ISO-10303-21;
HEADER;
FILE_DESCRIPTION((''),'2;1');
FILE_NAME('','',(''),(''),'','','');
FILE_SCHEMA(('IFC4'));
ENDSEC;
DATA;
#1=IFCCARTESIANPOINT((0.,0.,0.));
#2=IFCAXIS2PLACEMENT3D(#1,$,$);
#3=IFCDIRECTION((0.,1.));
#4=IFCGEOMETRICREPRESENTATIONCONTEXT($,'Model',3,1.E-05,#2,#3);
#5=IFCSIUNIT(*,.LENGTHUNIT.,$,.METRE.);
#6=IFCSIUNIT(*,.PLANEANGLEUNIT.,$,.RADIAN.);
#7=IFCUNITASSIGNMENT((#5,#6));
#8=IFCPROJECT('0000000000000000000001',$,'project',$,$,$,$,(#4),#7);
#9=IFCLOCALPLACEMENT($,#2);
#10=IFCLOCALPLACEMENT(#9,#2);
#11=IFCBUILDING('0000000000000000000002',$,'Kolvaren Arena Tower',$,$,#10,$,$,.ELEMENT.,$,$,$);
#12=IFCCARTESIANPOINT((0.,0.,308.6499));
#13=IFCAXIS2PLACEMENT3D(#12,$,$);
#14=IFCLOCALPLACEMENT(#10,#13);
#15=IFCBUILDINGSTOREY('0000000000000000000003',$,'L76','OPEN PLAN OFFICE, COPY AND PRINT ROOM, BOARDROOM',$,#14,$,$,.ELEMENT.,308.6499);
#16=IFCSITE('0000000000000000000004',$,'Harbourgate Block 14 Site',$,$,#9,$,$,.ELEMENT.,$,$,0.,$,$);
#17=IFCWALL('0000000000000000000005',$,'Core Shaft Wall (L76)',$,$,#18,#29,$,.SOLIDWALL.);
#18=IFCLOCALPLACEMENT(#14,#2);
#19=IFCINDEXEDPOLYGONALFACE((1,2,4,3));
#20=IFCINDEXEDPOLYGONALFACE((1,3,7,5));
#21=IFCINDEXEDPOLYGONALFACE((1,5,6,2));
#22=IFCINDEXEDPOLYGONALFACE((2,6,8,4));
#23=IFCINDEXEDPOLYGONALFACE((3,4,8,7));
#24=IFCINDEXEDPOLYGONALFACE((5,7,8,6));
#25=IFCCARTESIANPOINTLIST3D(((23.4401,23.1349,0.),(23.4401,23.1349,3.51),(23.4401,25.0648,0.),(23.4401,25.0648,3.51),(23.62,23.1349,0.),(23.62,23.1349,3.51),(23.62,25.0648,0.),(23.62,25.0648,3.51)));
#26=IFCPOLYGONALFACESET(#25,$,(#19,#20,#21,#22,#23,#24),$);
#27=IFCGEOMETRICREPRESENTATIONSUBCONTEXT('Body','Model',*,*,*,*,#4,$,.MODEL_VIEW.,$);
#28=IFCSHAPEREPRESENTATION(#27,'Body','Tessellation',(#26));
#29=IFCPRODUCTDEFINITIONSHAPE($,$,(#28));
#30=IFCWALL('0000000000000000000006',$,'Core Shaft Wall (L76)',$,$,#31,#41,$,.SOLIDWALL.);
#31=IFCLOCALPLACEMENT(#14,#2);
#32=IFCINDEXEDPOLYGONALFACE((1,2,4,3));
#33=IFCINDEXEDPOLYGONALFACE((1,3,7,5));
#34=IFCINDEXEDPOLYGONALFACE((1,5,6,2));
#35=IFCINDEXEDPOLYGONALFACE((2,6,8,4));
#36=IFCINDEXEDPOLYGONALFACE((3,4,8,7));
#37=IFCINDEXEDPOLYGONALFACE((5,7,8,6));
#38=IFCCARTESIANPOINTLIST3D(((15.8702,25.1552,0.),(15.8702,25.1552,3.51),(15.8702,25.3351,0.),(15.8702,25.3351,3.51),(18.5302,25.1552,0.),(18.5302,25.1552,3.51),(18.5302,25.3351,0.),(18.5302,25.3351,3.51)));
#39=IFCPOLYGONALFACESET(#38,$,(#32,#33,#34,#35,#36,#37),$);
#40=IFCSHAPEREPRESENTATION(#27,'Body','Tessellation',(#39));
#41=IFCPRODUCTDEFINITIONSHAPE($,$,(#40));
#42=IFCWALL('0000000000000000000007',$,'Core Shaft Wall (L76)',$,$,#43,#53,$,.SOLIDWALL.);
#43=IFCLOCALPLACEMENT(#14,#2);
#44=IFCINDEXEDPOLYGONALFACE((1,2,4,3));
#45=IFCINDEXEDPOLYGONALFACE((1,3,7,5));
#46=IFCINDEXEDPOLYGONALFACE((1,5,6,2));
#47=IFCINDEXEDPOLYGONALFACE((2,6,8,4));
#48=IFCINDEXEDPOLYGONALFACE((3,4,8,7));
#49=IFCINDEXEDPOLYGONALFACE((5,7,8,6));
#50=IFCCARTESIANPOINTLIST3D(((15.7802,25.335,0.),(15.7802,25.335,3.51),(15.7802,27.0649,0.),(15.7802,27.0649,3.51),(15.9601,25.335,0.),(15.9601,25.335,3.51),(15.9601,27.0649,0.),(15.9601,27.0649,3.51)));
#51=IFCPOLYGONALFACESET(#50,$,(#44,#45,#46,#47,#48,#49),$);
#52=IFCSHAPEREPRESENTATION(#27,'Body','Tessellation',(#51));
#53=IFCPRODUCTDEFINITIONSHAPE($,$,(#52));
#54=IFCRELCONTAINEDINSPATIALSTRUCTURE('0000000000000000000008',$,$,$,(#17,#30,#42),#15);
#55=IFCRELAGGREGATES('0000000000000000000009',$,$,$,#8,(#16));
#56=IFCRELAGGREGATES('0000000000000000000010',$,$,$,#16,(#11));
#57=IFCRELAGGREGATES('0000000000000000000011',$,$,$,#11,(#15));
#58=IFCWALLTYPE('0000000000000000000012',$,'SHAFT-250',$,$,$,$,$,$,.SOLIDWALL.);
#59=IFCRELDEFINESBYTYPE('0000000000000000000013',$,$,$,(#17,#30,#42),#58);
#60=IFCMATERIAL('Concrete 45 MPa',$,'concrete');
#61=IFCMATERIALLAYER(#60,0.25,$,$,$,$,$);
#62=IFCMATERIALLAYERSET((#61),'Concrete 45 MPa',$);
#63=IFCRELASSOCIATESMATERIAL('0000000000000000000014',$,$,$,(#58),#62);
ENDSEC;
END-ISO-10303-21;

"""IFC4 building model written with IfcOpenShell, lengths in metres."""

from ifc_helpers import new_model, si_unit, direction, frame, frame_2d, origin, place, context, subcontext, project, spatial, rectangle, extrude, material, layer, layer_set, type_object, element, save


model = new_model("IFC4")

# Units and contexts
model_context = context("Model", 3, precision=1e-05, world=origin(), true_north=direction((0.0, 1.0)))
body_context = subcontext(model_context, "Body", "Model", "MODEL_VIEW")
ifc_project = project(units=[si_unit("LENGTHUNIT", "METRE"), si_unit("PLANEANGLEUNIT", "RADIAN")], contexts=[model_context])

# Site, building, storey
site_placement = place(None, origin())
site = spatial("IfcSite", under=ifc_project, at=site_placement, Name="Harbourgate Block 14 Site", CompositionType="ELEMENT", RefElevation=0.0)
building_placement = place(site_placement, origin())
building = spatial("IfcBuilding", under=site, at=building_placement, Name="Kolvaren Arena Tower", CompositionType="ELEMENT")
storey_placement = place(building_placement, frame((0.0, 0.0, 308.6499)))
storey = spatial("IfcBuildingStorey", under=building, at=storey_placement, Name="L76", Description="OPEN PLAN OFFICE, COPY AND PRINT ROOM, BOARDROOM", CompositionType="ELEMENT", Elevation=308.6499)

# Walls
ifc_material_1 = material(Name="Concrete 45 MPa", Category="concrete")
ifc_layer_1 = layer(ifc_material_1, 0.25)
ifc_layer_set_1 = layer_set([ifc_layer_1], Name="Concrete 45 MPa")
wall_type_1 = type_object("IfcWallType", Name="SHAFT-250", PredefinedType="SOLIDWALL", material=ifc_layer_set_1)
for number, where, z_axis, x_axis, name in (
    (1, (23.53, 23.135, 0.0), (0.0, 0.0, 1.0), (0.0, 1.0, 0.0), "Core Shaft Wall (L76)"),
):
    element("IfcWall", number, at=place(storey_placement, frame(where, z_axis=z_axis, x_axis=x_axis)), inside=storey, type_object=wall_type_1, Name=name, PredefinedType="SOLIDWALL", context=body_context, shape_type="SweptSolid", body=[
        extrude(rectangle(XDim=1.9299, YDim=0.1799, at=frame_2d((0.9648, 0.0))), origin(), (0.0, 0.0, 1.0), 3.51),
    ])
wall_1_placement = place(storey_placement, frame((15.8701, 25.2451, 0.0), z_axis=(0.0, 0.0, 1.0), x_axis=(1.0, 0.0, 0.0)))
element("IfcWall", 2, at=wall_1_placement, inside=storey, type_object=wall_type_1, Name="Core Shaft Wall (L76)", PredefinedType="SOLIDWALL", context=body_context, shape_type="SweptSolid", body=[
    extrude(rectangle(XDim=2.6599, YDim=0.1799, at=frame_2d((1.3301, 0.0))), origin(), (0.0, 0.0, 1.0), 3.51),
])
wall_2_placement = place(storey_placement, frame((15.8701, 25.335, 0.0), z_axis=(0.0, 0.0, 1.0), x_axis=(0.0, 1.0, 0.0)))
element("IfcWall", 3, at=wall_2_placement, inside=storey, type_object=wall_type_1, Name="Core Shaft Wall (L76)", PredefinedType="SOLIDWALL", context=body_context, shape_type="SweptSolid", body=[
    extrude(rectangle(XDim=1.73, YDim=0.1799, at=frame_2d((0.865, 0.0))), origin(), (0.0, 0.0, 1.0), 3.51),
])

save(model, "model.ifc")
